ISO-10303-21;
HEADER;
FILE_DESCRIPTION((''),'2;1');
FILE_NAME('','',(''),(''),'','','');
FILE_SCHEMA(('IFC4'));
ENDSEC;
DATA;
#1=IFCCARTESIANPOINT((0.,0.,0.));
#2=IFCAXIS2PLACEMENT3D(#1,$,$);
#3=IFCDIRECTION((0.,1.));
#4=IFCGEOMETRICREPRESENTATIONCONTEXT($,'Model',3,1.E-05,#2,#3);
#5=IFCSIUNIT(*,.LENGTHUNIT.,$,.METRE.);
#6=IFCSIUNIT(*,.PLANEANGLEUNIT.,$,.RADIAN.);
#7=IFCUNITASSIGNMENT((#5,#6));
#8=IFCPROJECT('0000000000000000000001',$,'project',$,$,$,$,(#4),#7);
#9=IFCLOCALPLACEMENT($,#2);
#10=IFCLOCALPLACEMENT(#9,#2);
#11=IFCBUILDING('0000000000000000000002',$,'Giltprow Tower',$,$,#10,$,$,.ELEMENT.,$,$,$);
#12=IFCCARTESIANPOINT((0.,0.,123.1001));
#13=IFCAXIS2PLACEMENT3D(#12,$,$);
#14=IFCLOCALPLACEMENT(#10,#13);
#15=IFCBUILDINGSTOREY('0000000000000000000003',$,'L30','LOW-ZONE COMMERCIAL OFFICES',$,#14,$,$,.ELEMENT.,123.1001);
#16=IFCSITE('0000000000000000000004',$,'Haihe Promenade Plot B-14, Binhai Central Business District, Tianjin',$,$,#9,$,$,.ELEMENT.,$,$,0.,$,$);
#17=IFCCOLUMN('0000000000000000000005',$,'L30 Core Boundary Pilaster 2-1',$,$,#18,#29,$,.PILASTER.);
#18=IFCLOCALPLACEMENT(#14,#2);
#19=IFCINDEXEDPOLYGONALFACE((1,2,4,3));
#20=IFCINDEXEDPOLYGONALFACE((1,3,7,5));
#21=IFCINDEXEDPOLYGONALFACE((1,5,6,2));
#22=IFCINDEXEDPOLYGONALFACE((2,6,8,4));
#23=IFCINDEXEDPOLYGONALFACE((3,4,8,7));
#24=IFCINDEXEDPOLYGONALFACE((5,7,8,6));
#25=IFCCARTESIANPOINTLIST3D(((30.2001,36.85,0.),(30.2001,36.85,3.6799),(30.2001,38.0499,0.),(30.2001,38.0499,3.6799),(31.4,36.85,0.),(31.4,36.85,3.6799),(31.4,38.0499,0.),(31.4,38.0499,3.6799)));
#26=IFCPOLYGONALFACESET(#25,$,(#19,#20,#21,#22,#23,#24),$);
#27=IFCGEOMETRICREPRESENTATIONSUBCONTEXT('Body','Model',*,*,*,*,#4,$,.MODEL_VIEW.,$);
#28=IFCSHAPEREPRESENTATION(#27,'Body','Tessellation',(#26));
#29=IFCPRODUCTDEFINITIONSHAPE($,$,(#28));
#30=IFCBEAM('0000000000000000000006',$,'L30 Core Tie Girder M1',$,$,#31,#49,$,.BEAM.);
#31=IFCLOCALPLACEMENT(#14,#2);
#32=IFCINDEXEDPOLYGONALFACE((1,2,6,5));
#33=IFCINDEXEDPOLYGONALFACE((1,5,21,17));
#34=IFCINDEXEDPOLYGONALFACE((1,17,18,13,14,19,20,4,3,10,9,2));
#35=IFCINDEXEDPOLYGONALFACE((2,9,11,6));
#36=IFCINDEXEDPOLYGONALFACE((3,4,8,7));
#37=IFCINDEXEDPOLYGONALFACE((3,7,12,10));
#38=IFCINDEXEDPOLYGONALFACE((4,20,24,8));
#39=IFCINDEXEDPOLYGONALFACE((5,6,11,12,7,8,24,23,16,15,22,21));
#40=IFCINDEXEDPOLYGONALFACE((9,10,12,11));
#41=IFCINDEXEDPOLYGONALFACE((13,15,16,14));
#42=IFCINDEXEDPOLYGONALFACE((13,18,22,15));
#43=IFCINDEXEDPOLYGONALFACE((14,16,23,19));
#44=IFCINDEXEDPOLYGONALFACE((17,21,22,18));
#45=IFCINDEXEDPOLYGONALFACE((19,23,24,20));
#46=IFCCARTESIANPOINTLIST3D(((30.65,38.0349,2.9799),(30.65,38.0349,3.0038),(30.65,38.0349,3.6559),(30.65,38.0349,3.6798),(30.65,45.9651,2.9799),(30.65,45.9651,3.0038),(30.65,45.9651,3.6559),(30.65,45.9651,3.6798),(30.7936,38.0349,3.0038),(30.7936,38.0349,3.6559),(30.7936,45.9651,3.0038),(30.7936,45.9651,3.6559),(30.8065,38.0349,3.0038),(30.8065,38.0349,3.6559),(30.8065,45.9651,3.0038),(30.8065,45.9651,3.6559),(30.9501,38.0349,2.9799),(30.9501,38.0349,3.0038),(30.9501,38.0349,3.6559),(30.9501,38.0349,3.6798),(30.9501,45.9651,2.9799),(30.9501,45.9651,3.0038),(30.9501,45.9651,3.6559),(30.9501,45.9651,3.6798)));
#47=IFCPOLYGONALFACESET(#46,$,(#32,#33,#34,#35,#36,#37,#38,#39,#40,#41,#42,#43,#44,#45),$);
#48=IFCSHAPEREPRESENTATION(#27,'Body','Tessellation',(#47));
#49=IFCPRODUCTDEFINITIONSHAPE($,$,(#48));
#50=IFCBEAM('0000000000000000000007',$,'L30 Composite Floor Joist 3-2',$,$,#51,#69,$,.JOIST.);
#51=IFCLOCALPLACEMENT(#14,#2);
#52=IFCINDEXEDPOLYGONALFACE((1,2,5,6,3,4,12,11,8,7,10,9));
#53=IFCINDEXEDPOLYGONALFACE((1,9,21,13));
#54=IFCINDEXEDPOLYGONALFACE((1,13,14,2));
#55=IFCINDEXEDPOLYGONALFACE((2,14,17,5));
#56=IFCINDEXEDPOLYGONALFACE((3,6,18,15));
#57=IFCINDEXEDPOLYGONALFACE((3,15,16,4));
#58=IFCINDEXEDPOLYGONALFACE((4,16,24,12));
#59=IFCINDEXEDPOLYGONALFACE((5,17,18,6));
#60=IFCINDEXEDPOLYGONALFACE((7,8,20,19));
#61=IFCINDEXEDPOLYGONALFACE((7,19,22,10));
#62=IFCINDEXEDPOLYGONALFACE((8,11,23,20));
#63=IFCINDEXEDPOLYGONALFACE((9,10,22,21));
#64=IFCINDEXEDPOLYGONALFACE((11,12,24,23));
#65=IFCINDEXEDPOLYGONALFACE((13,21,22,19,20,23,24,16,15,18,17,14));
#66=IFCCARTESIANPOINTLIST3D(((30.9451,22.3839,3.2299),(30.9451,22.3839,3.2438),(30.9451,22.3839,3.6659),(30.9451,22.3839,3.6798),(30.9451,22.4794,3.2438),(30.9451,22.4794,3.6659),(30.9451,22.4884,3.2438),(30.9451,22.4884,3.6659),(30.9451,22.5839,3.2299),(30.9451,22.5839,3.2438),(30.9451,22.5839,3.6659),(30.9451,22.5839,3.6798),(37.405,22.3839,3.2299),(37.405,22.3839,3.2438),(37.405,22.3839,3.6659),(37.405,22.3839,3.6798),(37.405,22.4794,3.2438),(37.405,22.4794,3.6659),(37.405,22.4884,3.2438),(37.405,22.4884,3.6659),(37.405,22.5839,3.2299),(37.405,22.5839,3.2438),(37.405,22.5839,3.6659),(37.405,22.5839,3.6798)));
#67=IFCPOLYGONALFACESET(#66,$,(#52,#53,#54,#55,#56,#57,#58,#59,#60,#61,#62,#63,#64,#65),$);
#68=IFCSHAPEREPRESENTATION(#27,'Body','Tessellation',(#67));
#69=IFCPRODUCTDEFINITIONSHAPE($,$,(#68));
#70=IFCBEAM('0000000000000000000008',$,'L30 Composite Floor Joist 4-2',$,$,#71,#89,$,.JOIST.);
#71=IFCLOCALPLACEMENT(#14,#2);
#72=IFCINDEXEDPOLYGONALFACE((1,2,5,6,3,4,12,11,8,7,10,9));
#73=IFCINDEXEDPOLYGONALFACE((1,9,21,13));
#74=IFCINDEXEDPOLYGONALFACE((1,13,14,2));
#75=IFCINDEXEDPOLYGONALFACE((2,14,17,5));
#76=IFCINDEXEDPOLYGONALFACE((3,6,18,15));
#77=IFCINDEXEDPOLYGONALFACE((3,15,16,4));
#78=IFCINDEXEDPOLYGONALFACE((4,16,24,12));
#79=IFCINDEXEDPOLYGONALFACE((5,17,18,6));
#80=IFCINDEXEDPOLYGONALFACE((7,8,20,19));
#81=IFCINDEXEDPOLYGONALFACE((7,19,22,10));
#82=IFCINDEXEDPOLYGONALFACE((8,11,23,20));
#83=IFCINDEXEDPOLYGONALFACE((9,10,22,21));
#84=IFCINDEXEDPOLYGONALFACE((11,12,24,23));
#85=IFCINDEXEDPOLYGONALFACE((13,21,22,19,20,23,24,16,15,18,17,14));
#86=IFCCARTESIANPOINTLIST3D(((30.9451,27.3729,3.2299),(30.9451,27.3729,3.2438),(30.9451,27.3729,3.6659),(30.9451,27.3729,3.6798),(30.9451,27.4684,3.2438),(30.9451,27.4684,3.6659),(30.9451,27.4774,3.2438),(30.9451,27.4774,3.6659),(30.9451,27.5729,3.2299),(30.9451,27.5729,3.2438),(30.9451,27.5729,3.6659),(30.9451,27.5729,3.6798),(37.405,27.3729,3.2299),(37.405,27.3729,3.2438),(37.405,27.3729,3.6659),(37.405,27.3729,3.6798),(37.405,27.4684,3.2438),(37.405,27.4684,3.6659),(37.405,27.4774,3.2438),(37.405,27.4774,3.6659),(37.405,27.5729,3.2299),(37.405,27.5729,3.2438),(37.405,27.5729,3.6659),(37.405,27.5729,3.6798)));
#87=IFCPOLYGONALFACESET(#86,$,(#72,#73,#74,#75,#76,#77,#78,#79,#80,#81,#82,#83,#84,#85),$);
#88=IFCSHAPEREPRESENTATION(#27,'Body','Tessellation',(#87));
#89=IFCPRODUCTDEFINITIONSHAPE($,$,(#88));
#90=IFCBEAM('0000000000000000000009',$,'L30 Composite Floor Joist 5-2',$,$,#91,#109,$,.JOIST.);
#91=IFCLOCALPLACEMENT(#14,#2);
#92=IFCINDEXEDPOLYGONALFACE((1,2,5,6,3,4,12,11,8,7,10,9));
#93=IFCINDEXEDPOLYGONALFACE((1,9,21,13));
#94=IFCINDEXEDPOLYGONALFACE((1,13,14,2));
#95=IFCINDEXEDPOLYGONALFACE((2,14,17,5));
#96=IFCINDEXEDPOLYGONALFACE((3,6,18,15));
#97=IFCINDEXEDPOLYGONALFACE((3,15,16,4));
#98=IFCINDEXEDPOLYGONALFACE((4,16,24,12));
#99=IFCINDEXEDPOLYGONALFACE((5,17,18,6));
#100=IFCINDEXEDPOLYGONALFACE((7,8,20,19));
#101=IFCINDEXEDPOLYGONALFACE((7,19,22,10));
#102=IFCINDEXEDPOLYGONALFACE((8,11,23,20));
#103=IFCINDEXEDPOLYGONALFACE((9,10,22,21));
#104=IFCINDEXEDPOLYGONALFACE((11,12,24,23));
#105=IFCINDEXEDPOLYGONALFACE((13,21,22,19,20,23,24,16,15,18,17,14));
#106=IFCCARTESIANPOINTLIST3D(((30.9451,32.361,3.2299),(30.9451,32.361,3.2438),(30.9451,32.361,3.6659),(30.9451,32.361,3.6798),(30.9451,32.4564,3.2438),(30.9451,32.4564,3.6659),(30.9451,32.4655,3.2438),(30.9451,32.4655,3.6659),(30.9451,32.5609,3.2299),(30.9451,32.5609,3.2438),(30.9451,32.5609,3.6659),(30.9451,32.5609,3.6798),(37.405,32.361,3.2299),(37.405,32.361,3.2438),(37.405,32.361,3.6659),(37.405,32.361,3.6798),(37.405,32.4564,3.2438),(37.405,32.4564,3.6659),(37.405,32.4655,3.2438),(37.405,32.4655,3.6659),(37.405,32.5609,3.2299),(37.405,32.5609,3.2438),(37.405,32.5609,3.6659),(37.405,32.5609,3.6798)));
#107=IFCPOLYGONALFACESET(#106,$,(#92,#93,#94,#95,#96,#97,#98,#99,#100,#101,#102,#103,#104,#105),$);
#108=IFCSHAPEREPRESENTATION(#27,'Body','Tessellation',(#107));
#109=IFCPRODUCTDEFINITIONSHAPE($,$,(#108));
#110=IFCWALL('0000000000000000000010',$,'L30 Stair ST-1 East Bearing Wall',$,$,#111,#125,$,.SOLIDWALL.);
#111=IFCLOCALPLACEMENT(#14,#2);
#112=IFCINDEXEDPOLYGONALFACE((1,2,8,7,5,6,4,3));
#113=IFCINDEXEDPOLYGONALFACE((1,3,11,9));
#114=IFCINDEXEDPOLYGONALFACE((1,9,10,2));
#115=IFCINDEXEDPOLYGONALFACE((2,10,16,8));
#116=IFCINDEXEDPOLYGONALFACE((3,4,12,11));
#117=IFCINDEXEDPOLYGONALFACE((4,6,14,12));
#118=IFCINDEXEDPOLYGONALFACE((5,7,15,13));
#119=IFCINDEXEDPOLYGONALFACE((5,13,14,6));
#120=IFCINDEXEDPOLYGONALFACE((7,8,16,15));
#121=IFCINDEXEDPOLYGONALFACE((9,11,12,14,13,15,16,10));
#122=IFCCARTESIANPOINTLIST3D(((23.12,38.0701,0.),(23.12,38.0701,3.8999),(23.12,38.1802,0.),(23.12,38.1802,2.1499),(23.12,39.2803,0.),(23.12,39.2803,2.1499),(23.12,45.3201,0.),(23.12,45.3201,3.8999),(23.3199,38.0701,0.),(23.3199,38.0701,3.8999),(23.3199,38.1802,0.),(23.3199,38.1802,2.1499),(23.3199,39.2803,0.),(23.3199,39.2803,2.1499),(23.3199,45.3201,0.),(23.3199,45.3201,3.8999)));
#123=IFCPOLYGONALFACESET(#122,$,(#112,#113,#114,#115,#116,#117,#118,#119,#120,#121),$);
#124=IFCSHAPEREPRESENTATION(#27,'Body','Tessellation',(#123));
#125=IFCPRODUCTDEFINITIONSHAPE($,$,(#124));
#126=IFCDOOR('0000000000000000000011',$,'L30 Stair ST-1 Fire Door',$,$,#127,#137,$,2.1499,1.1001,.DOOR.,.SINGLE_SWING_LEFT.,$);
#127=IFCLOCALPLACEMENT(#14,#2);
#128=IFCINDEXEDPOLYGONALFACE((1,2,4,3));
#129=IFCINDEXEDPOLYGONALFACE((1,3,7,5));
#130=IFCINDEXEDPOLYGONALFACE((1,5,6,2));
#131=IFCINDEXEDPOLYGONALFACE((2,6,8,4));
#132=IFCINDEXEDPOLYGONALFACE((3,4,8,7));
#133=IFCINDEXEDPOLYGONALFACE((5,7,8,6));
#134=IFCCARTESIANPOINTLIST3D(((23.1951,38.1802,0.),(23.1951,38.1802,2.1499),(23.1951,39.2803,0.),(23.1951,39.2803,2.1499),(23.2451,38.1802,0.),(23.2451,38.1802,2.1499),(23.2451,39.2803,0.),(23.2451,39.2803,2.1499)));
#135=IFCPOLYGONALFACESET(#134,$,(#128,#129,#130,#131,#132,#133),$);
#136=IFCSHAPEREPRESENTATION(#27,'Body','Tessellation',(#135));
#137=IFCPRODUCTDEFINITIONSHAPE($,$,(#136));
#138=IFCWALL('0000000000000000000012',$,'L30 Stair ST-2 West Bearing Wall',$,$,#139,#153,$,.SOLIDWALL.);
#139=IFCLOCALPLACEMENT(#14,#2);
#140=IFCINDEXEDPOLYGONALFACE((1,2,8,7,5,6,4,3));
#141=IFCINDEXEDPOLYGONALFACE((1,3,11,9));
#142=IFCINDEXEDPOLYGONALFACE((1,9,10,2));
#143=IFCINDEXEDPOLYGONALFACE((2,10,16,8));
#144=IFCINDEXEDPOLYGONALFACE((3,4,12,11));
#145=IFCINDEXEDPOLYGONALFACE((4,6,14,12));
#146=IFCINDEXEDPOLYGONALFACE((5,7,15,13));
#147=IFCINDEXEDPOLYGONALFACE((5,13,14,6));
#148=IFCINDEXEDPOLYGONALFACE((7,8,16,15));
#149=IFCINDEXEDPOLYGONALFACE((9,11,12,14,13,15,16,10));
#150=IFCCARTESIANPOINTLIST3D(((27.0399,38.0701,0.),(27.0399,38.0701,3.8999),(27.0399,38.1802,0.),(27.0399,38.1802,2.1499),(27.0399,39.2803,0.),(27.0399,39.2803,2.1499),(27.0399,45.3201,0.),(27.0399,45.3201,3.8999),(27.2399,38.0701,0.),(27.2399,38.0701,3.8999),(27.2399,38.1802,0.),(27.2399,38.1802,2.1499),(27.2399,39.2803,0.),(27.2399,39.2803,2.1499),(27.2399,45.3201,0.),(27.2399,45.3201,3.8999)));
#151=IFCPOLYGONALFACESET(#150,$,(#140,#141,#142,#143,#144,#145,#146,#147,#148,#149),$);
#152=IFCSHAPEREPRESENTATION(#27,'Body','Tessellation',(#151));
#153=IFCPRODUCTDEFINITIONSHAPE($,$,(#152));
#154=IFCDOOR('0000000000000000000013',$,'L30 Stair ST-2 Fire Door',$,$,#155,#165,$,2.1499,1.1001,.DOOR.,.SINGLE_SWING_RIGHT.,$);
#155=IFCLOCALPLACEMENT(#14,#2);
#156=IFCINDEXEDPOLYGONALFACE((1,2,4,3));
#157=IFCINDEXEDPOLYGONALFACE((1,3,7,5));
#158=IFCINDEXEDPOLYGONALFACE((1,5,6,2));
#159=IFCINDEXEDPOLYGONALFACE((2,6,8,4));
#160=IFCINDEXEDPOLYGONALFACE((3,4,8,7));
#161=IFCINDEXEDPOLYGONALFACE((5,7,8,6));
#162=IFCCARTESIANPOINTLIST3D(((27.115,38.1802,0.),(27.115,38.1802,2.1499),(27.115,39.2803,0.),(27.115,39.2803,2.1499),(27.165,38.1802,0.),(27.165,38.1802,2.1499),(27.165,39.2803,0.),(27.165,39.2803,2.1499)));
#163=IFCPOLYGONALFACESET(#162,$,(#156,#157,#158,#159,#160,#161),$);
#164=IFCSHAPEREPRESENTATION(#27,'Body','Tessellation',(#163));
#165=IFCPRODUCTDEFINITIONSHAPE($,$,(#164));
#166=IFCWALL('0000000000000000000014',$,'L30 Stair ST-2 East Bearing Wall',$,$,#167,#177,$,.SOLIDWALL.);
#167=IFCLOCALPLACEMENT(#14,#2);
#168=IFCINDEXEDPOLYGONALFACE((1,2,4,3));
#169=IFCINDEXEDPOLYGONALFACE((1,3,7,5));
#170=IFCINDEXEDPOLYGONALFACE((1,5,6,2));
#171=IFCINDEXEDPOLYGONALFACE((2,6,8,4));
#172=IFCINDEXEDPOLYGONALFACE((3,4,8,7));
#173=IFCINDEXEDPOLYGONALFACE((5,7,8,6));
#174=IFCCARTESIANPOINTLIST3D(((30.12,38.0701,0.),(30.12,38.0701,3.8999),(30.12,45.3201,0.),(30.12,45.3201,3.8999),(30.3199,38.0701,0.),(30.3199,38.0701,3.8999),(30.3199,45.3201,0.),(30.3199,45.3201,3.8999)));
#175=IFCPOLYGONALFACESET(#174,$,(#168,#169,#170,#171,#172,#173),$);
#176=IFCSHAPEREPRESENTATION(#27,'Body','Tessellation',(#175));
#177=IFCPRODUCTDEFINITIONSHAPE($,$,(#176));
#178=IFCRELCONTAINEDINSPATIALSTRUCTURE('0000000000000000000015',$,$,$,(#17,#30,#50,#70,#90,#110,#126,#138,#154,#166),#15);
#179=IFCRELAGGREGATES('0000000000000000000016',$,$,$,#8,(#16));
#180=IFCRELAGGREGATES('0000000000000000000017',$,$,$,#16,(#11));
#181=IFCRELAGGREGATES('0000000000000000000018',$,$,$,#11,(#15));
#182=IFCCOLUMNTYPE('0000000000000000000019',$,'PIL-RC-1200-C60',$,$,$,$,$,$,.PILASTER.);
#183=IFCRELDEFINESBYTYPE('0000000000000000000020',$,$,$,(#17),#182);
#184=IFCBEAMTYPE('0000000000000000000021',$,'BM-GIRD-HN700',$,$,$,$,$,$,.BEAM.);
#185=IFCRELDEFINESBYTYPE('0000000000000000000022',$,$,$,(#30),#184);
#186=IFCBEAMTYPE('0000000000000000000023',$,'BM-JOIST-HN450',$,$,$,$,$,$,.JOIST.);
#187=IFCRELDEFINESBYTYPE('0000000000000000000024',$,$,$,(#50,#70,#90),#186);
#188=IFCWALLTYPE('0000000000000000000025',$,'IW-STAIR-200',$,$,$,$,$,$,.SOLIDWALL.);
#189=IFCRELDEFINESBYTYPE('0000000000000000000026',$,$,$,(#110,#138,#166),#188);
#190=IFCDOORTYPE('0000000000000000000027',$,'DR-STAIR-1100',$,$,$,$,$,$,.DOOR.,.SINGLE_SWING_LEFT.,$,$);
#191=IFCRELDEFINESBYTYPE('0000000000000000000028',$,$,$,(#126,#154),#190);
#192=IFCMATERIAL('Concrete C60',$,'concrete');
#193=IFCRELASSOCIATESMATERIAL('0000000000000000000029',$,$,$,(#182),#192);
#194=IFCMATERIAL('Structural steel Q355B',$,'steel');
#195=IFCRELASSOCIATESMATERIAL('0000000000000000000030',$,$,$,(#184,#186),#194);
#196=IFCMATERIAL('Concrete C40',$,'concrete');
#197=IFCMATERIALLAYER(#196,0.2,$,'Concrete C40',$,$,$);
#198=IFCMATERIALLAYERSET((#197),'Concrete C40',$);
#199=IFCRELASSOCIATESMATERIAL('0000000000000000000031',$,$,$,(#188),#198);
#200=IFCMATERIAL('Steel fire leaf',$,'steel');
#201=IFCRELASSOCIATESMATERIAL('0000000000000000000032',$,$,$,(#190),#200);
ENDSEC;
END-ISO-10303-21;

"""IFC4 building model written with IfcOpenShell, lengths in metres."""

from ifc_helpers import new_model, si_unit, direction, frame, frame_2d, origin, origin_2d, place, context, subcontext, project, spatial, rectangle, i_section, extrude, source, transform, mapped, material, layer, layer_set, material_profile, profile_set, type_object, element, fill, save


model = new_model("IFC4")

# Units and contexts
model_context = context("Model", 3, precision=1e-05, world=origin(), true_north=direction((0.0, 1.0)))
body_context = subcontext(model_context, "Body", "Model", "MODEL_VIEW")
ifc_project = project(units=[si_unit("LENGTHUNIT", "METRE"), si_unit("PLANEANGLEUNIT", "RADIAN")], contexts=[model_context])

# Site, building, storey
site_placement = place(None, origin())
site = spatial("IfcSite", under=ifc_project, at=site_placement, Name="Haihe Promenade Plot B-14, Binhai Central Business District, Tianjin", CompositionType="ELEMENT", RefElevation=0.0)
building_placement = place(site_placement, origin())
building = spatial("IfcBuilding", under=site, at=building_placement, Name="Giltprow Tower", CompositionType="ELEMENT")
storey_placement = place(building_placement, frame((0.0, 0.0, 123.1001)))
storey = spatial("IfcBuildingStorey", under=building, at=storey_placement, Name="L30", Description="LOW-ZONE COMMERCIAL OFFICES", CompositionType="ELEMENT", Elevation=123.1001)

# Column
ifc_material_1 = material(Name="Concrete C60", Category="concrete")
ifc_material_profile_1 = material_profile(ifc_material_1, rectangle(XDim=1.2, YDim=1.2, at=origin_2d()), Name="RC 1200x1200")
ifc_profile_set_1 = profile_set([ifc_material_profile_1], Name="Concrete C60")
column_type = type_object("IfcColumnType", Name="PIL-RC-1200-C60", PredefinedType="PILASTER", material=ifc_profile_set_1)
shared_shape_1 = source(origin(), body_context, "Body", "SweptSolid", [
    extrude(rectangle(XDim=1.2, YDim=1.2, at=origin_2d()), origin(), (0.0, 0.0, 1.0), 3.6799),
])
column_placement = place(storey_placement, frame((30.8, 37.45, 0.0), z_axis=(0.0, 0.0, 1.0), x_axis=(1.0, 0.0, 0.0)))
element("IfcColumn", 1, at=column_placement, inside=storey, type_object=column_type, Name="L30 Core Boundary Pilaster 2-1", PredefinedType="PILASTER", context=body_context, shape_type="MappedRepresentation", body=[
    mapped(shared_shape_1, transform((0.0, 0.0, 0.0), x_axis=(1.0, 0.0, 0.0), y_axis=(0.0, 1.0, 0.0), z_axis=(0.0, 0.0, 1.0), scale=1.0)),
])

# Beams
ifc_material_2 = material(Name="Structural steel Q355B", Category="steel")
ifc_material_profile_2 = material_profile(ifc_material_2, i_section(OverallWidth=0.3, OverallDepth=0.7, WebThickness=0.0129, FlangeThickness=0.0239, at=origin_2d()), Name="HN 700x300x13x24")
ifc_profile_set_2 = profile_set([ifc_material_profile_2], Name="Structural steel Q355B")
beam_type_1 = type_object("IfcBeamType", Name="BM-GIRD-HN700", PredefinedType="BEAM", material=ifc_profile_set_2)
shared_shape_2 = source(origin(), body_context, "Body", "SweptSolid", [
    extrude(i_section(OverallWidth=0.3, OverallDepth=0.7, WebThickness=0.0129, FlangeThickness=0.0239, at=origin_2d()), origin(), (0.0, 0.0, 1.0), 7.9302),
])
beam_placement = place(storey_placement, frame((30.8, 38.0349, 3.3298), z_axis=(0.0, 1.0, 0.0), x_axis=(-1.0, 0.0, 0.0)))
element("IfcBeam", 2, at=beam_placement, inside=storey, type_object=beam_type_1, Name="L30 Core Tie Girder M1", PredefinedType="BEAM", context=body_context, shape_type="MappedRepresentation", body=[
    mapped(shared_shape_2, transform((0.0, 0.0, 0.0), x_axis=(1.0, 0.0, 0.0), y_axis=(0.0, 1.0, 0.0), z_axis=(0.0, 0.0, 1.0), scale=1.0)),
])
ifc_material_profile_3 = material_profile(ifc_material_2, i_section(OverallWidth=0.2, OverallDepth=0.45, WebThickness=0.009, FlangeThickness=0.0139, at=origin_2d()), Name="HN 450x200x9x14")
ifc_profile_set_3 = profile_set([ifc_material_profile_3], Name="Structural steel Q355B")
beam_type_2 = type_object("IfcBeamType", Name="BM-JOIST-HN450", PredefinedType="JOIST", material=ifc_profile_set_3)
shared_shape_3 = source(origin(), body_context, "Body", "SweptSolid", [
    extrude(i_section(OverallWidth=0.2, OverallDepth=0.45, WebThickness=0.009, FlangeThickness=0.0139, at=origin_2d()), origin(), (0.0, 0.0, 1.0), 6.46),
])
for number, where, z_axis, x_axis, name in (
    (3, (30.9451, 22.4839, 3.4548), (1.0, 0.0, 0.0), (0.0, 1.0, 0.0), "L30 Composite Floor Joist 3-2"),
    (4, (30.9451, 27.4729, 3.4548), (1.0, 0.0, 0.0), (0.0, 1.0, 0.0), "L30 Composite Floor Joist 4-2"),
    (5, (30.9451, 32.4609, 3.4548), (1.0, 0.0, 0.0), (0.0, 1.0, 0.0), "L30 Composite Floor Joist 5-2"),
):
    element("IfcBeam", number, at=place(storey_placement, frame(where, z_axis=z_axis, x_axis=x_axis)), inside=storey, type_object=beam_type_2, Name=name, PredefinedType="JOIST", context=body_context, shape_type="MappedRepresentation", body=[
        mapped(shared_shape_3, transform((0.0, 0.0, 0.0), x_axis=(1.0, 0.0, 0.0), y_axis=(0.0, 1.0, 0.0), z_axis=(0.0, 0.0, 1.0), scale=1.0)),
    ])

# Walls, openings, doors
ifc_material_3 = material(Name="Concrete C40", Category="concrete")
ifc_layer_1 = layer(ifc_material_3, 0.2, Name="Concrete C40")
ifc_layer_set_1 = layer_set([ifc_layer_1], Name="Concrete C40")
wall_type_1 = type_object("IfcWallType", Name="IW-STAIR-200", PredefinedType="SOLIDWALL", material=ifc_layer_set_1)
wall_1_placement = place(storey_placement, frame((23.22, 38.0701, 0.0), z_axis=(0.0, 0.0, 1.0), x_axis=(0.0, 1.0, 0.0)))
wall_1 = element("IfcWall", 6, at=wall_1_placement, inside=storey, type_object=wall_type_1, Name="L30 Stair ST-1 East Bearing Wall", PredefinedType="SOLIDWALL", context=body_context, shape_type="SweptSolid", body=[
    extrude(rectangle(XDim=7.25, YDim=0.2, at=frame_2d((3.625, 0.0))), origin(), (0.0, 0.0, 1.0), 3.8999),
])
opening_1_placement = place(wall_1_placement, frame((0.1101, 0.0, 0.0)))
opening_1 = element("IfcOpeningElement", 7, at=opening_1_placement, cuts=wall_1, PredefinedType="OPENING", context=body_context, shape_type="SweptSolid", body=[
    extrude(rectangle(XDim=1.1001, YDim=2.1499, at=frame_2d((0.55, 1.075))), frame((0.0, 0.1099, 0.0), z_axis=(0.0, -1.0, 0.0), x_axis=(1.0, 0.0, 0.0)), (0.0, 0.0, 1.0), 0.22),
])
ifc_material_4 = material(Name="Steel fire leaf", Category="steel")
door_type_1 = type_object("IfcDoorType", Name="DR-STAIR-1100", OperationType="SINGLE_SWING_LEFT", PredefinedType="DOOR", material=ifc_material_4)
shared_shape_4 = source(origin(), body_context, "Body", "SweptSolid", [
    extrude(rectangle(XDim=1.1001, YDim=2.1499, at=frame_2d((0.55, 1.075))), frame((0.0, 0.0249, 0.0), z_axis=(0.0, -1.0, 0.0), x_axis=(1.0, 0.0, 0.0)), (0.0, 0.0, 1.0), 0.05),
])
door_1_placement = place(opening_1_placement, origin())
door_1 = element("IfcDoor", 8, at=door_1_placement, inside=storey, type_object=door_type_1, Name="L30 Stair ST-1 Fire Door", OperationType="SINGLE_SWING_LEFT", OverallHeight=2.1499, OverallWidth=1.1001, PredefinedType="DOOR", context=body_context, shape_type="MappedRepresentation", body=[
    mapped(shared_shape_4, transform((0.0, 0.0, 0.0), x_axis=(1.0, 0.0, 0.0), y_axis=(0.0, 1.0, 0.0), z_axis=(0.0, 0.0, 1.0), scale=1.0)),
])
fill(opening_1, door_1)
wall_2_placement = place(storey_placement, frame((27.1399, 38.0701, 0.0), z_axis=(0.0, 0.0, 1.0), x_axis=(0.0, 1.0, 0.0)))
wall_2 = element("IfcWall", 9, at=wall_2_placement, inside=storey, type_object=wall_type_1, Name="L30 Stair ST-2 West Bearing Wall", PredefinedType="SOLIDWALL", context=body_context, shape_type="SweptSolid", body=[
    extrude(rectangle(XDim=7.25, YDim=0.2, at=frame_2d((3.625, 0.0))), origin(), (0.0, 0.0, 1.0), 3.8999),
])
opening_2_placement = place(wall_2_placement, frame((0.1101, 0.0, 0.0)))
opening_2 = element("IfcOpeningElement", 10, at=opening_2_placement, cuts=wall_2, PredefinedType="OPENING", context=body_context, shape_type="SweptSolid", body=[
    extrude(rectangle(XDim=1.1001, YDim=2.1499, at=frame_2d((0.55, 1.075))), frame((0.0, 0.1099, 0.0), z_axis=(0.0, -1.0, 0.0), x_axis=(1.0, 0.0, 0.0)), (0.0, 0.0, 1.0), 0.22),
])
door_2_placement = place(opening_2_placement, origin())
door_2 = element("IfcDoor", 11, at=door_2_placement, inside=storey, type_object=door_type_1, Name="L30 Stair ST-2 Fire Door", OperationType="SINGLE_SWING_RIGHT", OverallHeight=2.1499, OverallWidth=1.1001, PredefinedType="DOOR", context=body_context, shape_type="MappedRepresentation", body=[
    mapped(shared_shape_4, transform((0.0, 0.0, 0.0), x_axis=(1.0, 0.0, 0.0), y_axis=(0.0, 1.0, 0.0), z_axis=(0.0, 0.0, 1.0), scale=1.0)),
])
fill(opening_2, door_2)

# Wall
wall_3_placement = place(storey_placement, frame((30.22, 38.0701, 0.0), z_axis=(0.0, 0.0, 1.0), x_axis=(0.0, 1.0, 0.0)))
element("IfcWall", 12, at=wall_3_placement, inside=storey, type_object=wall_type_1, Name="L30 Stair ST-2 East Bearing Wall", PredefinedType="SOLIDWALL", context=body_context, shape_type="SweptSolid", body=[
    extrude(rectangle(XDim=7.25, YDim=0.2, at=frame_2d((3.625, 0.0))), origin(), (0.0, 0.0, 1.0), 3.8999),
])

save(model, "model.ifc")
